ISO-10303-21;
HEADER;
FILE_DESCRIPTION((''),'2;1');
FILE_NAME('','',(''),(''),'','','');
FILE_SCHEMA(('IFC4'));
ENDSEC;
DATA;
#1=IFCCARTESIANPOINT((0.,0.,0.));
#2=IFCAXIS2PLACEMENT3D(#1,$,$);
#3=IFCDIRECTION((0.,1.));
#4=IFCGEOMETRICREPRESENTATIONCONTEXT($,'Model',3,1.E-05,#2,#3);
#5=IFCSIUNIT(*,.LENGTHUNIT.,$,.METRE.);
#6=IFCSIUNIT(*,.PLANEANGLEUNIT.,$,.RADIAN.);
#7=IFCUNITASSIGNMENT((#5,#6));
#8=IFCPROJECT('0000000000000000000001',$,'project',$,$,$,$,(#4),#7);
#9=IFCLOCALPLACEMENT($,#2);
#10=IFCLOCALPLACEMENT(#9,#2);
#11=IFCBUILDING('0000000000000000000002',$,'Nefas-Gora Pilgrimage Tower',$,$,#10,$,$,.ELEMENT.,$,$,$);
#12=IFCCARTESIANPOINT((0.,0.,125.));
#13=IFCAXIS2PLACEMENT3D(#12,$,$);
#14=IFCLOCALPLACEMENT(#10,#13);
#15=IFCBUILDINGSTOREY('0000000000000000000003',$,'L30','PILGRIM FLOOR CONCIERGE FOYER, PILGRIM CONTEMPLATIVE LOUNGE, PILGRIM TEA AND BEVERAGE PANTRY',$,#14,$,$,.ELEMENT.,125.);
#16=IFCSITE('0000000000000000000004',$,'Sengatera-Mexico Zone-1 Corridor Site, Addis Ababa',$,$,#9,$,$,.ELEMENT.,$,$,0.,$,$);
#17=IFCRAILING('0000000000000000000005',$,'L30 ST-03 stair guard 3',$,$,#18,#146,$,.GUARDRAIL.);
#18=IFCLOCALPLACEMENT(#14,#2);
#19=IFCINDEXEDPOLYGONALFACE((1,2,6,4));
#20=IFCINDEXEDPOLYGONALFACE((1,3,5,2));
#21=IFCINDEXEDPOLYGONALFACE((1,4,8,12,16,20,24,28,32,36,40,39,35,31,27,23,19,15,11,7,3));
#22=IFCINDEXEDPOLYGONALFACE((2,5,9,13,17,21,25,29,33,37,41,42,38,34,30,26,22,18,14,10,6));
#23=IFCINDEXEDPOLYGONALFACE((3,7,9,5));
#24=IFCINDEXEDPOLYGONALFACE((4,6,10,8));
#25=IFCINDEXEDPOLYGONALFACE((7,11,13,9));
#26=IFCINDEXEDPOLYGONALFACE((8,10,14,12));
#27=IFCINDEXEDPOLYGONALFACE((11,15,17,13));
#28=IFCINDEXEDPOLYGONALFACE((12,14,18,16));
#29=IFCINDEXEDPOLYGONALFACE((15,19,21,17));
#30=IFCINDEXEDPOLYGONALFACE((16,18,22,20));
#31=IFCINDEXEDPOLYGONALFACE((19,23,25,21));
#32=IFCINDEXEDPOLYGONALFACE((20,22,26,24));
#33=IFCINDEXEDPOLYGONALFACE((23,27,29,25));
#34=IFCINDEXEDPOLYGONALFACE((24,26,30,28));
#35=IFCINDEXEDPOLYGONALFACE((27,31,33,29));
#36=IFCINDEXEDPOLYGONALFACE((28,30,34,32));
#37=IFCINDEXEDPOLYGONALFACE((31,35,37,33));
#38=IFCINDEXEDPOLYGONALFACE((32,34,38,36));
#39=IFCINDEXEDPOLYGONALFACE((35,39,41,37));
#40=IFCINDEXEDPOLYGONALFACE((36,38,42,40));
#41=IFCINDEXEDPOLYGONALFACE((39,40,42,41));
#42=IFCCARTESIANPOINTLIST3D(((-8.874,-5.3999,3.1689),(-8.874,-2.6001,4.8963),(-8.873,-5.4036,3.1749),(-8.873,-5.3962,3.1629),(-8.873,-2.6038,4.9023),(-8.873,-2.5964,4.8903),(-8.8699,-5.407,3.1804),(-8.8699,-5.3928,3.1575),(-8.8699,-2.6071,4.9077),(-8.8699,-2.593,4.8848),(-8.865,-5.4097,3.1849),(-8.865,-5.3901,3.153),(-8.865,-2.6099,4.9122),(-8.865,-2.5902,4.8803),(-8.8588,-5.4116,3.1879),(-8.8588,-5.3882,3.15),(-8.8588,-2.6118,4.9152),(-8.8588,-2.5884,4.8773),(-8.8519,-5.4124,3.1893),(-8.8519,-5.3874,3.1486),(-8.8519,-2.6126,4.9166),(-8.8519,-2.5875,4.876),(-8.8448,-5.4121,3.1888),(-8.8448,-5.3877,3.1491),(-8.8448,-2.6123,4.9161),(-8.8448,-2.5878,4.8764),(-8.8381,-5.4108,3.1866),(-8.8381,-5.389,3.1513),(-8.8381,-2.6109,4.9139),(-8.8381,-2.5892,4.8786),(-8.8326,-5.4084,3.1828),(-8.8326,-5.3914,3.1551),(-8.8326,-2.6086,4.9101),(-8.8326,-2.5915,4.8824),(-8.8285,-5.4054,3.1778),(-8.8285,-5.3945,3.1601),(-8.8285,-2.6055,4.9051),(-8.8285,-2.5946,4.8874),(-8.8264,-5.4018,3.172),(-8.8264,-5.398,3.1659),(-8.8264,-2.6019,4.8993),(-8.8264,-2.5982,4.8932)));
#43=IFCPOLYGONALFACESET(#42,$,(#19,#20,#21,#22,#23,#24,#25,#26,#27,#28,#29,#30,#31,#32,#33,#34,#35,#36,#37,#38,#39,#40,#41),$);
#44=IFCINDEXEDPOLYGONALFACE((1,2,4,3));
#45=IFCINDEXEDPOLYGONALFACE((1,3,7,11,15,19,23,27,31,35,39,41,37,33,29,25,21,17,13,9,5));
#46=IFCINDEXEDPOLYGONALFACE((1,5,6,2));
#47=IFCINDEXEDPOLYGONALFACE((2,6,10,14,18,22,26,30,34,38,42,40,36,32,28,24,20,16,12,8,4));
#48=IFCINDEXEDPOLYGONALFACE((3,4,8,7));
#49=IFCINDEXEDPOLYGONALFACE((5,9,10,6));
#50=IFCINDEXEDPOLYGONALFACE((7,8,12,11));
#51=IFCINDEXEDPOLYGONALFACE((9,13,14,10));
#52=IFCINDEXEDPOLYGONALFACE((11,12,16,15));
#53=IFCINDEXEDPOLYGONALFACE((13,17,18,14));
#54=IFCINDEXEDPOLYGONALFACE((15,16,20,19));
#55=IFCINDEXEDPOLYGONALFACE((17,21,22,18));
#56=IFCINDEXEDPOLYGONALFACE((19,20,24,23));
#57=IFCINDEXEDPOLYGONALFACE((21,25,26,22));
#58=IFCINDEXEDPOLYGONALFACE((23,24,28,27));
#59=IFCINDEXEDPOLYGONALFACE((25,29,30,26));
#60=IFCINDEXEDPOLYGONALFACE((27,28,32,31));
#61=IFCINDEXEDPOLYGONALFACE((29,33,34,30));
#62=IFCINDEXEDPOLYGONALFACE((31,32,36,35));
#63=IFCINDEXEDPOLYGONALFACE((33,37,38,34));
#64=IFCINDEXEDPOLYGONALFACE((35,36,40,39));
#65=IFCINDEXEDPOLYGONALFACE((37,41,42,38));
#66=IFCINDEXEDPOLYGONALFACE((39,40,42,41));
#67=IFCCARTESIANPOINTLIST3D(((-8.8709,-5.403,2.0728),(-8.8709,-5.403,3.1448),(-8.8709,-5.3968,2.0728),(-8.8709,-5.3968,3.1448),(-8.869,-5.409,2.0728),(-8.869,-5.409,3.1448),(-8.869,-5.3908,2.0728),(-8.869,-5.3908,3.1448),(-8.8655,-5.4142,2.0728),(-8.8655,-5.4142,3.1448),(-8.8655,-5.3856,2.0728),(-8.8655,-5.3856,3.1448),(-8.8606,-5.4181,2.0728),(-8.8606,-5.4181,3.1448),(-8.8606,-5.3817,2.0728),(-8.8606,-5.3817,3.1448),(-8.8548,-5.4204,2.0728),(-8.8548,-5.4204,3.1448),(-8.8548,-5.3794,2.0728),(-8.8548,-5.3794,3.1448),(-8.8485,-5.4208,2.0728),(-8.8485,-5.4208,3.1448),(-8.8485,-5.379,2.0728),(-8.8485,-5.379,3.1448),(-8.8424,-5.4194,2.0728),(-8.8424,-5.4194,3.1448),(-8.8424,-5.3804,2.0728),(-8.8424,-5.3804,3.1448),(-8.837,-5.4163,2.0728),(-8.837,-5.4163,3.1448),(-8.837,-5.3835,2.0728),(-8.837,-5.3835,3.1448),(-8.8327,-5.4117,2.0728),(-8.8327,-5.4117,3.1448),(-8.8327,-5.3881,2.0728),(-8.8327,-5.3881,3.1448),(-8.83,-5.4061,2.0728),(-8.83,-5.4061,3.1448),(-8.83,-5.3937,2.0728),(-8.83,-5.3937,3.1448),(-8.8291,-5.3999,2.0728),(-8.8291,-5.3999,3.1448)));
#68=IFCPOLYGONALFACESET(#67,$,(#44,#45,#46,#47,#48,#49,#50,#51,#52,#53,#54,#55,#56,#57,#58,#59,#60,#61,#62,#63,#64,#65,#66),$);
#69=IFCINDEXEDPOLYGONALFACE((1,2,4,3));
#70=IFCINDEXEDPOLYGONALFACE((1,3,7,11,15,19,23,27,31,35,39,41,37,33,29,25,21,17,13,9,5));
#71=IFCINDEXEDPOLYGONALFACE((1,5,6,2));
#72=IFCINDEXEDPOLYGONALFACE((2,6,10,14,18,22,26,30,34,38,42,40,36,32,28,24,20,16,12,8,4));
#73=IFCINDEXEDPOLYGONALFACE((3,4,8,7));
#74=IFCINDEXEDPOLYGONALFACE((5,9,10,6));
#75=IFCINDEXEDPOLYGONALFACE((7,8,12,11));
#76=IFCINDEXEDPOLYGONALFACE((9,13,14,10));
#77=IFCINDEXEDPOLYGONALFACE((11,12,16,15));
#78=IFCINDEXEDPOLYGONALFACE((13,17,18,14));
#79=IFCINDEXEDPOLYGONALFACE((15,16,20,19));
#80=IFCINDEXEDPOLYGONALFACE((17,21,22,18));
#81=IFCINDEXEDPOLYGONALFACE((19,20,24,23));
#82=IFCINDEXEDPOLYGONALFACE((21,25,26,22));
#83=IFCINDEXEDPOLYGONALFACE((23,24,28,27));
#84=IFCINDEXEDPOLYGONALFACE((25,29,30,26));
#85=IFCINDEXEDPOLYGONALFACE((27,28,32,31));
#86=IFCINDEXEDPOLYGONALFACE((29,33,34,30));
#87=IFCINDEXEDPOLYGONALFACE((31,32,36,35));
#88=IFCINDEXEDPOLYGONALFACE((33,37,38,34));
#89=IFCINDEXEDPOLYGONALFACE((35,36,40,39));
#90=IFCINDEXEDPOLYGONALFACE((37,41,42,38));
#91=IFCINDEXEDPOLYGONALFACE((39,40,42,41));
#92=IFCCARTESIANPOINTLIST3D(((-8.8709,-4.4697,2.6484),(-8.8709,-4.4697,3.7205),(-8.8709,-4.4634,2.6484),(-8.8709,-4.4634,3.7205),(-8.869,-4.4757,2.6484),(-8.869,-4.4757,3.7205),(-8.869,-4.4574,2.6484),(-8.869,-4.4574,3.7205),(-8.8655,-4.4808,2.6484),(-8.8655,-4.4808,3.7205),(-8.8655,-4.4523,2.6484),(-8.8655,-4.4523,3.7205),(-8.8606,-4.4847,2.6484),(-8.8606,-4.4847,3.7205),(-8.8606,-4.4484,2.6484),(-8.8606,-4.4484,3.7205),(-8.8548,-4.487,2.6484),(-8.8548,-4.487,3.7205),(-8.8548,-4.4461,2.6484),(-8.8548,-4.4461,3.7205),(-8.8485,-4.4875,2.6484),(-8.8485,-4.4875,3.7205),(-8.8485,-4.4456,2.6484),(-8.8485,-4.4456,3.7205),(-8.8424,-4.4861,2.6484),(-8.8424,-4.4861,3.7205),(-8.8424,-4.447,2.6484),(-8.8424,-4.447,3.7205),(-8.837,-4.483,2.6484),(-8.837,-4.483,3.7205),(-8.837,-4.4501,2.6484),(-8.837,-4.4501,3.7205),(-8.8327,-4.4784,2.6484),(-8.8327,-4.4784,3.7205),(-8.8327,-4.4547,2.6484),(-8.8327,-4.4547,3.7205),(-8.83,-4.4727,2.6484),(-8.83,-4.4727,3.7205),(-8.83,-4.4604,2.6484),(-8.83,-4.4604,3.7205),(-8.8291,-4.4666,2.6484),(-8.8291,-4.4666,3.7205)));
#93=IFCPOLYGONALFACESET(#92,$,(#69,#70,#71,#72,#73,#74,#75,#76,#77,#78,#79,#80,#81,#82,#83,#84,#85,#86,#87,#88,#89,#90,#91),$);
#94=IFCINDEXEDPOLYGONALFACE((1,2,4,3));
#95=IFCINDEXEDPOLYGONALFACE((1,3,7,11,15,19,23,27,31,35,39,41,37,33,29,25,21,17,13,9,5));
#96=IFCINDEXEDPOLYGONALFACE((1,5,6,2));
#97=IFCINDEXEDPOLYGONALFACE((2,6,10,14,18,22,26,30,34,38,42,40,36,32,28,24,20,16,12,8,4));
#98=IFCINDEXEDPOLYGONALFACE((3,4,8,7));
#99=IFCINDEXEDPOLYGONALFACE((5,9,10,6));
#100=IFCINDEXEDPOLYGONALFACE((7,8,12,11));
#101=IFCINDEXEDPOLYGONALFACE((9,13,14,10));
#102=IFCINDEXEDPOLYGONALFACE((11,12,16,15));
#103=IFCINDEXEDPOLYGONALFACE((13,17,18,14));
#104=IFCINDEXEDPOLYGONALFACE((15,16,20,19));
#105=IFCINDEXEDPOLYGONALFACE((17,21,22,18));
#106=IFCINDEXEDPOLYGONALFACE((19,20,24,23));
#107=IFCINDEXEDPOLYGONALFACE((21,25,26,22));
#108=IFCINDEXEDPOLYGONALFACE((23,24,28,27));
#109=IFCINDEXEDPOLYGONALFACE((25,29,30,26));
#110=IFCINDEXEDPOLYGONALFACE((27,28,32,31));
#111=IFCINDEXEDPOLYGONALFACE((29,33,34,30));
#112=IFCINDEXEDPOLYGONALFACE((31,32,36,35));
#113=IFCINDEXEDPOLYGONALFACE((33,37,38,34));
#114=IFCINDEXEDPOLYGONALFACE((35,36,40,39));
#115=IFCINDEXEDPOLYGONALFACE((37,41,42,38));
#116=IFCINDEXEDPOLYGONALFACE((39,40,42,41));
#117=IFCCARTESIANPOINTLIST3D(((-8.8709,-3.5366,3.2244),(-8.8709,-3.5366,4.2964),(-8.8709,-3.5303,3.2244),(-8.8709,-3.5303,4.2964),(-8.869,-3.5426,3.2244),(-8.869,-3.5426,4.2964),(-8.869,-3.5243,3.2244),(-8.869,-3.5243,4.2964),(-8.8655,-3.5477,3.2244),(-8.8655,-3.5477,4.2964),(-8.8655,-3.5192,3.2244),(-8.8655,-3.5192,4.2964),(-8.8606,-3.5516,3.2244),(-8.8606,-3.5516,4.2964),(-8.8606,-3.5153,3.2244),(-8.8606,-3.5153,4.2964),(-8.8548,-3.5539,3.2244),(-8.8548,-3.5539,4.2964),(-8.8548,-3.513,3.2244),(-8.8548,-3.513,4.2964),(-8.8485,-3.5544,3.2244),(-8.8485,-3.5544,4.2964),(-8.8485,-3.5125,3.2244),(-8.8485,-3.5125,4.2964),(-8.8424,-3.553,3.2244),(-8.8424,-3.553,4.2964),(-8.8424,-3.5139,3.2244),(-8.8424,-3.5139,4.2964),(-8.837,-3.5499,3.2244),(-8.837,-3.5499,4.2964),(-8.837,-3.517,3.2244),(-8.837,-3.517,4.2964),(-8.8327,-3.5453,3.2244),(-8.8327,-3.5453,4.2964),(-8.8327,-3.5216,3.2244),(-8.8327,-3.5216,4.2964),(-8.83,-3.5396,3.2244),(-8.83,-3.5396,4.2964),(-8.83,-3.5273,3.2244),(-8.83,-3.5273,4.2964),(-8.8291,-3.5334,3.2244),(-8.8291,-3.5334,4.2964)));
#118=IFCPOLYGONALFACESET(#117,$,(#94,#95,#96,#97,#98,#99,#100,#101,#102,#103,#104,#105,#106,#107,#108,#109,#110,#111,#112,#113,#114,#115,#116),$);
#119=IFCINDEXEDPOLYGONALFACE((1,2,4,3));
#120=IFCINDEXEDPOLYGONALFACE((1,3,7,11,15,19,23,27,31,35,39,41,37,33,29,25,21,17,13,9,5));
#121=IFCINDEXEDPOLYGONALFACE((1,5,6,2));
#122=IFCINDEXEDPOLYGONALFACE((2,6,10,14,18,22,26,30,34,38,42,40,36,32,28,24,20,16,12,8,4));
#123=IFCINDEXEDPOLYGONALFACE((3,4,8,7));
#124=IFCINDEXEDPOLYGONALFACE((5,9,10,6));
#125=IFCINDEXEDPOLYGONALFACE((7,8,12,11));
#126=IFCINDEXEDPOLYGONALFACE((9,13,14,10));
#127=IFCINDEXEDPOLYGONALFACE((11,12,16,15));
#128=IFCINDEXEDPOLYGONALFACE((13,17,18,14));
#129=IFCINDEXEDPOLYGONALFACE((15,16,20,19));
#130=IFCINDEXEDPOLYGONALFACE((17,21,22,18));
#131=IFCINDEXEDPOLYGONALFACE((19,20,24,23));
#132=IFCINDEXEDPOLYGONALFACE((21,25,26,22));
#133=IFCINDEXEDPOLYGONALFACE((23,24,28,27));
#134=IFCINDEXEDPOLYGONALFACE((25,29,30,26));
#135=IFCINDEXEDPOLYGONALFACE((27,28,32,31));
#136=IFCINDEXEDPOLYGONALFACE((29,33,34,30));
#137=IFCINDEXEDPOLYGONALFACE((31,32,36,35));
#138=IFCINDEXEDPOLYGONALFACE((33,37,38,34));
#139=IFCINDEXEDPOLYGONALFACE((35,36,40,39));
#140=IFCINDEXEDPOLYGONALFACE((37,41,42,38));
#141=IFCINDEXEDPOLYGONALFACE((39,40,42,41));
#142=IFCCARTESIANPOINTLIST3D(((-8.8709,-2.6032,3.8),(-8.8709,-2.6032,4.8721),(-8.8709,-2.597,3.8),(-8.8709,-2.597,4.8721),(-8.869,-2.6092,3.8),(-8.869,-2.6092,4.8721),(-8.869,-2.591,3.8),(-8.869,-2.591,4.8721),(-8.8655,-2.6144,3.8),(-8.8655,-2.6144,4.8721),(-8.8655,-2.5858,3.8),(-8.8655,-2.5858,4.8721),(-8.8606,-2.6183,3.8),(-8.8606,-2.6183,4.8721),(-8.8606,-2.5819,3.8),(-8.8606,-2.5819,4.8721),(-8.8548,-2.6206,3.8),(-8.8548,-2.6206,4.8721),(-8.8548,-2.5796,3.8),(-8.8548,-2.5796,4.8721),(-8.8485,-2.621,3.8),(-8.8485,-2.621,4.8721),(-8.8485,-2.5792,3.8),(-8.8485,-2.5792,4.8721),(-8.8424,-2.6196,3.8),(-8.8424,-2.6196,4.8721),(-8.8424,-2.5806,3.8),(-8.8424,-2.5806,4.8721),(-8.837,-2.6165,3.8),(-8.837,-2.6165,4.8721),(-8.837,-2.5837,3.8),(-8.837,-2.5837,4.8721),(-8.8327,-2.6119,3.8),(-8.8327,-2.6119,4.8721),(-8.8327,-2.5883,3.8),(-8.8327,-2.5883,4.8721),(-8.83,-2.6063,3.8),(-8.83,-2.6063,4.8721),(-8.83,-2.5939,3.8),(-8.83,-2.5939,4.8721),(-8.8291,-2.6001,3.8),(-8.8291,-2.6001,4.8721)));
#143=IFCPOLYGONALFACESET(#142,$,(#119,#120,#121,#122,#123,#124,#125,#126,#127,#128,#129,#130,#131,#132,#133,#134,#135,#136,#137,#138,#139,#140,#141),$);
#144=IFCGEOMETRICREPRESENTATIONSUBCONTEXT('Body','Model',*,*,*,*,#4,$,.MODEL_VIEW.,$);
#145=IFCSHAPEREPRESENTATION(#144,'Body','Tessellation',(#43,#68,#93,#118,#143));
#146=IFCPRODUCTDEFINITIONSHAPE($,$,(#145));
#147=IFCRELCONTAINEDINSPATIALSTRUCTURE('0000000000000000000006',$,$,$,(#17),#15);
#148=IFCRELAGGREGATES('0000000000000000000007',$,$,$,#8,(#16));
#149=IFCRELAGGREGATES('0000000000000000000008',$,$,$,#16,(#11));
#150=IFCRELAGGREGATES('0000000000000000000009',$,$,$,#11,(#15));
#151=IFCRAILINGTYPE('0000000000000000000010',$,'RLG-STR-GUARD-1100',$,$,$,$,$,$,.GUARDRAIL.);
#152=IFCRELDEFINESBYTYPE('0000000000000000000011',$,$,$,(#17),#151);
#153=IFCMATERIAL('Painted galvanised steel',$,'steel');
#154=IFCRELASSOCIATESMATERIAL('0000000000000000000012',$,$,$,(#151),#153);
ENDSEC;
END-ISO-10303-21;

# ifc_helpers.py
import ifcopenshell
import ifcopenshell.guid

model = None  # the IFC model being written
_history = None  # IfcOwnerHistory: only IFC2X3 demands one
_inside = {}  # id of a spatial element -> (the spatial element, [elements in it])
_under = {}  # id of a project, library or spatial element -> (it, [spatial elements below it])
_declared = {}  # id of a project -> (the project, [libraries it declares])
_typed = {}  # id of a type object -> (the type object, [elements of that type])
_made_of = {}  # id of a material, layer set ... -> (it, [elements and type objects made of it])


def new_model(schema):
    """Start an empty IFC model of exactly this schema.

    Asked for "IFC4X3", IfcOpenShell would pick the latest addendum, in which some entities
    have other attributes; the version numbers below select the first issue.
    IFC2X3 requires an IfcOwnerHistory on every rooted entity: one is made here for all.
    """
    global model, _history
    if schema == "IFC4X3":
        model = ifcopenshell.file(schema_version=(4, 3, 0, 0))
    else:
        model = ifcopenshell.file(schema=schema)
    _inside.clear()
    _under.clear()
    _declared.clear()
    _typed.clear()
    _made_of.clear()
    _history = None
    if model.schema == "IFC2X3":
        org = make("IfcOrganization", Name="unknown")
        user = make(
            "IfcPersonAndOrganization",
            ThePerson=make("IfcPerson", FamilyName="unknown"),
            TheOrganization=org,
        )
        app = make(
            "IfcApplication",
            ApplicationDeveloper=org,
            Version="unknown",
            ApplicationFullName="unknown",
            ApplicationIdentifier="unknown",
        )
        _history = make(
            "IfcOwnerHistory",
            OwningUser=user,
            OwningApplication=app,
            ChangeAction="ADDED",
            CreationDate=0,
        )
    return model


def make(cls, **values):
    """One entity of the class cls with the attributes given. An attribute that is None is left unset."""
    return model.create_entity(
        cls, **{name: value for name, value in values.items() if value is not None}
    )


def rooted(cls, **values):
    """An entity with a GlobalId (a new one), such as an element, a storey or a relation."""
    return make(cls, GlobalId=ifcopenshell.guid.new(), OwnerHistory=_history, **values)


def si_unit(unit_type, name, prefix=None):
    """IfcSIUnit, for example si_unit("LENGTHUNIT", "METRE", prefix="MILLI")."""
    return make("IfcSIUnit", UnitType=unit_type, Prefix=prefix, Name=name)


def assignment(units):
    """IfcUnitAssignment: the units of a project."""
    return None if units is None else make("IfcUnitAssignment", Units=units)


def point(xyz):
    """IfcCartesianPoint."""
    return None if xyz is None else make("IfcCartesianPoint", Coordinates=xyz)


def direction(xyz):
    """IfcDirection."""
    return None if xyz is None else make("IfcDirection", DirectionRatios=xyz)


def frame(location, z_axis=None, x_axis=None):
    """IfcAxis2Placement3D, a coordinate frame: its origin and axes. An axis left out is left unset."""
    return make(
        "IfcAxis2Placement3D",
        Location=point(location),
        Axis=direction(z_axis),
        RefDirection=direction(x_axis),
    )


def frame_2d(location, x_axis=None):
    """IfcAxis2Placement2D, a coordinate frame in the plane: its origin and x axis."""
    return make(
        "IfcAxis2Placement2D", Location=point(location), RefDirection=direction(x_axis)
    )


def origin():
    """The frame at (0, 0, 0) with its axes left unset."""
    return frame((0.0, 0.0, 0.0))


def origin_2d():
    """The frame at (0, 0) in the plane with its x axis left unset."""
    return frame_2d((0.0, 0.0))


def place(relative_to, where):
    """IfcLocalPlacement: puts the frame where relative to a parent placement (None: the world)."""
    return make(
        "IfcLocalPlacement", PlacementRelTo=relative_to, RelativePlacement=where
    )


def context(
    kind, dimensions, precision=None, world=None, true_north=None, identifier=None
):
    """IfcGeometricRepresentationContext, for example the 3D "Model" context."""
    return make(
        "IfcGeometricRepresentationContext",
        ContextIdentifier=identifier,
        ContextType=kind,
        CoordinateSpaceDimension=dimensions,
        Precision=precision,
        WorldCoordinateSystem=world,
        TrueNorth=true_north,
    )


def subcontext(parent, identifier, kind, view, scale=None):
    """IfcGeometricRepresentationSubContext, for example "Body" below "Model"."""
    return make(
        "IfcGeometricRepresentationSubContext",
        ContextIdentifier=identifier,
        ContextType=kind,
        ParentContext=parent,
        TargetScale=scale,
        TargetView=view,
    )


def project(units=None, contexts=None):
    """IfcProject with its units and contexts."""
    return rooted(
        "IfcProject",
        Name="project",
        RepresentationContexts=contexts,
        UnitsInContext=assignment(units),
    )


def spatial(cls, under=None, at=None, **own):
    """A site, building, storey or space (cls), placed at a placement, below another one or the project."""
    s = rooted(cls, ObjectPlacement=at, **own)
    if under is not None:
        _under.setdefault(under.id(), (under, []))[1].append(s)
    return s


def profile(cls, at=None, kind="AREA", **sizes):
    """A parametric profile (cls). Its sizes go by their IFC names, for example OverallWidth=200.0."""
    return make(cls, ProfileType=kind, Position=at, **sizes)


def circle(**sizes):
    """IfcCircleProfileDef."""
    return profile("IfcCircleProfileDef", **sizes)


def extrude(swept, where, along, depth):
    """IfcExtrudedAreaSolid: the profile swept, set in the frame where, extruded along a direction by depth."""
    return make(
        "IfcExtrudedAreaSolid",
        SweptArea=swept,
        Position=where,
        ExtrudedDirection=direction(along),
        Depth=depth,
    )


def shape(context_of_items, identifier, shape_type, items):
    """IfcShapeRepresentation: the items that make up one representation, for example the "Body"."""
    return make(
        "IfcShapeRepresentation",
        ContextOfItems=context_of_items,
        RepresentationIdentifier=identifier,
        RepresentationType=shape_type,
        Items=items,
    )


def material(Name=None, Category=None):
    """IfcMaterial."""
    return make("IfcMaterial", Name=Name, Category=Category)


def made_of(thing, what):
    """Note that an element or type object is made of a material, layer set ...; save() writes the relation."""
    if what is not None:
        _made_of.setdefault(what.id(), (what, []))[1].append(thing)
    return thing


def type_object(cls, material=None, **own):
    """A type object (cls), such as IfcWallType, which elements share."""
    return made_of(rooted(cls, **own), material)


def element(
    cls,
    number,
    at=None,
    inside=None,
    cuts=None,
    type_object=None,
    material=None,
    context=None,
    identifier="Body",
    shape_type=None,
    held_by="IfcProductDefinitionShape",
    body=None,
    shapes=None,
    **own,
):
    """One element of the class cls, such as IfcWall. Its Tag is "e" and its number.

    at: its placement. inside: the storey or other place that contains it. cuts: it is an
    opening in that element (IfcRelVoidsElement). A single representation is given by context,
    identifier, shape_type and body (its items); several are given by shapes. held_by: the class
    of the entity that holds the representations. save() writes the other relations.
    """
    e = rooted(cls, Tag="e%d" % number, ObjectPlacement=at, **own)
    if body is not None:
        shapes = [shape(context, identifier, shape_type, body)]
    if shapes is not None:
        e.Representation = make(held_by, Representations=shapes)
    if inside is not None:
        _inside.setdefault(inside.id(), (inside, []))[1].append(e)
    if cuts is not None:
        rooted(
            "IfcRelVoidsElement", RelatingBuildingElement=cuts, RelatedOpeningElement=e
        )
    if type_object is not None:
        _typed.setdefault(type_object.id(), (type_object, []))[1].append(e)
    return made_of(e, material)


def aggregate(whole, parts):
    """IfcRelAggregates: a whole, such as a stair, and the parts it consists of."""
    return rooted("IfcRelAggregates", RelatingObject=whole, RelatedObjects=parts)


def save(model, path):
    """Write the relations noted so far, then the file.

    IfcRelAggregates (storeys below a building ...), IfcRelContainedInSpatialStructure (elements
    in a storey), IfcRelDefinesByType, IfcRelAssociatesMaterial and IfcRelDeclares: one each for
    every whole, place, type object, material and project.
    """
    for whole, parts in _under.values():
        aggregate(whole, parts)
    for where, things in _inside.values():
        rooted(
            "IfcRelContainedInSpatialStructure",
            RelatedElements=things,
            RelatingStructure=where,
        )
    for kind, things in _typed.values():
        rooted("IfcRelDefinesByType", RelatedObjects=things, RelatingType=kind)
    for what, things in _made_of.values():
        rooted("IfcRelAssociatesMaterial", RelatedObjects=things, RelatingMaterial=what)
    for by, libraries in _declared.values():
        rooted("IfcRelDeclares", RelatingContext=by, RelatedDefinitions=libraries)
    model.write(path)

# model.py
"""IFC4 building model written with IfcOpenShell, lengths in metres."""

from ifc_helpers import new_model, si_unit, direction, frame, origin, origin_2d, place, context, subcontext, project, spatial, circle, extrude, material, type_object, element, save


model = new_model("IFC4")

# Units and contexts
model_context = context("Model", 3, precision=1e-05, world=origin(), true_north=direction((0.0, 1.0)))
body_context = subcontext(model_context, "Body", "Model", "MODEL_VIEW")
ifc_project = project(units=[si_unit("LENGTHUNIT", "METRE"), si_unit("PLANEANGLEUNIT", "RADIAN")], contexts=[model_context])

# Site, building, storey
site_placement = place(None, origin())
site = spatial("IfcSite", under=ifc_project, at=site_placement, Name="Sengatera-Mexico Zone-1 Corridor Site, Addis Ababa", CompositionType="ELEMENT", RefElevation=0.0)
building_placement = place(site_placement, origin())
building = spatial("IfcBuilding", under=site, at=building_placement, Name="Nefas-Gora Pilgrimage Tower", CompositionType="ELEMENT")
storey_placement = place(building_placement, frame((0.0, 0.0, 125.0)))
storey = spatial("IfcBuildingStorey", under=building, at=storey_placement, Name="L30", Description="PILGRIM FLOOR CONCIERGE FOYER, PILGRIM CONTEMPLATIVE LOUNGE, PILGRIM TEA AND BEVERAGE PANTRY", CompositionType="ELEMENT", Elevation=125.0)

# Railing
ifc_material_1 = material(Name="Painted galvanised steel", Category="steel")
railing_type_1 = type_object("IfcRailingType", Name="RLG-STR-GUARD-1100", PredefinedType="GUARDRAIL", material=ifc_material_1)
railing_1_placement = place(storey_placement, frame((-8.8501, -5.3999, 2.0728)))
element("IfcRailing", 1, at=railing_1_placement, inside=storey, type_object=railing_type_1, Name="L30 ST-03 stair guard 3", PredefinedType="GUARDRAIL", context=body_context, shape_type="SweptSolid", body=[
    extrude(circle(Radius=0.0239, at=origin_2d()), frame((0.0, 0.0, 1.0962), z_axis=(0.0, 0.851069, 0.525054), x_axis=(-1.0, 0.0, 0.0)), (0.0, 0.0, 1.0), 3.2898),
    extrude(circle(Radius=0.021, at=origin_2d()), origin(), (0.0, 0.0, 1.0), 1.072),
    extrude(circle(Radius=0.021, at=origin_2d()), frame((0.0, 0.9333, 0.5757)), (0.0, 0.0, 1.0), 1.072),
    extrude(circle(Radius=0.021, at=origin_2d()), frame((0.0, 1.8665, 1.1516)), (0.0, 0.0, 1.0), 1.072),
    extrude(circle(Radius=0.021, at=origin_2d()), frame((0.0, 2.7998, 1.7273)), (0.0, 0.0, 1.0), 1.072),
])

save(model, "model.ifc")
